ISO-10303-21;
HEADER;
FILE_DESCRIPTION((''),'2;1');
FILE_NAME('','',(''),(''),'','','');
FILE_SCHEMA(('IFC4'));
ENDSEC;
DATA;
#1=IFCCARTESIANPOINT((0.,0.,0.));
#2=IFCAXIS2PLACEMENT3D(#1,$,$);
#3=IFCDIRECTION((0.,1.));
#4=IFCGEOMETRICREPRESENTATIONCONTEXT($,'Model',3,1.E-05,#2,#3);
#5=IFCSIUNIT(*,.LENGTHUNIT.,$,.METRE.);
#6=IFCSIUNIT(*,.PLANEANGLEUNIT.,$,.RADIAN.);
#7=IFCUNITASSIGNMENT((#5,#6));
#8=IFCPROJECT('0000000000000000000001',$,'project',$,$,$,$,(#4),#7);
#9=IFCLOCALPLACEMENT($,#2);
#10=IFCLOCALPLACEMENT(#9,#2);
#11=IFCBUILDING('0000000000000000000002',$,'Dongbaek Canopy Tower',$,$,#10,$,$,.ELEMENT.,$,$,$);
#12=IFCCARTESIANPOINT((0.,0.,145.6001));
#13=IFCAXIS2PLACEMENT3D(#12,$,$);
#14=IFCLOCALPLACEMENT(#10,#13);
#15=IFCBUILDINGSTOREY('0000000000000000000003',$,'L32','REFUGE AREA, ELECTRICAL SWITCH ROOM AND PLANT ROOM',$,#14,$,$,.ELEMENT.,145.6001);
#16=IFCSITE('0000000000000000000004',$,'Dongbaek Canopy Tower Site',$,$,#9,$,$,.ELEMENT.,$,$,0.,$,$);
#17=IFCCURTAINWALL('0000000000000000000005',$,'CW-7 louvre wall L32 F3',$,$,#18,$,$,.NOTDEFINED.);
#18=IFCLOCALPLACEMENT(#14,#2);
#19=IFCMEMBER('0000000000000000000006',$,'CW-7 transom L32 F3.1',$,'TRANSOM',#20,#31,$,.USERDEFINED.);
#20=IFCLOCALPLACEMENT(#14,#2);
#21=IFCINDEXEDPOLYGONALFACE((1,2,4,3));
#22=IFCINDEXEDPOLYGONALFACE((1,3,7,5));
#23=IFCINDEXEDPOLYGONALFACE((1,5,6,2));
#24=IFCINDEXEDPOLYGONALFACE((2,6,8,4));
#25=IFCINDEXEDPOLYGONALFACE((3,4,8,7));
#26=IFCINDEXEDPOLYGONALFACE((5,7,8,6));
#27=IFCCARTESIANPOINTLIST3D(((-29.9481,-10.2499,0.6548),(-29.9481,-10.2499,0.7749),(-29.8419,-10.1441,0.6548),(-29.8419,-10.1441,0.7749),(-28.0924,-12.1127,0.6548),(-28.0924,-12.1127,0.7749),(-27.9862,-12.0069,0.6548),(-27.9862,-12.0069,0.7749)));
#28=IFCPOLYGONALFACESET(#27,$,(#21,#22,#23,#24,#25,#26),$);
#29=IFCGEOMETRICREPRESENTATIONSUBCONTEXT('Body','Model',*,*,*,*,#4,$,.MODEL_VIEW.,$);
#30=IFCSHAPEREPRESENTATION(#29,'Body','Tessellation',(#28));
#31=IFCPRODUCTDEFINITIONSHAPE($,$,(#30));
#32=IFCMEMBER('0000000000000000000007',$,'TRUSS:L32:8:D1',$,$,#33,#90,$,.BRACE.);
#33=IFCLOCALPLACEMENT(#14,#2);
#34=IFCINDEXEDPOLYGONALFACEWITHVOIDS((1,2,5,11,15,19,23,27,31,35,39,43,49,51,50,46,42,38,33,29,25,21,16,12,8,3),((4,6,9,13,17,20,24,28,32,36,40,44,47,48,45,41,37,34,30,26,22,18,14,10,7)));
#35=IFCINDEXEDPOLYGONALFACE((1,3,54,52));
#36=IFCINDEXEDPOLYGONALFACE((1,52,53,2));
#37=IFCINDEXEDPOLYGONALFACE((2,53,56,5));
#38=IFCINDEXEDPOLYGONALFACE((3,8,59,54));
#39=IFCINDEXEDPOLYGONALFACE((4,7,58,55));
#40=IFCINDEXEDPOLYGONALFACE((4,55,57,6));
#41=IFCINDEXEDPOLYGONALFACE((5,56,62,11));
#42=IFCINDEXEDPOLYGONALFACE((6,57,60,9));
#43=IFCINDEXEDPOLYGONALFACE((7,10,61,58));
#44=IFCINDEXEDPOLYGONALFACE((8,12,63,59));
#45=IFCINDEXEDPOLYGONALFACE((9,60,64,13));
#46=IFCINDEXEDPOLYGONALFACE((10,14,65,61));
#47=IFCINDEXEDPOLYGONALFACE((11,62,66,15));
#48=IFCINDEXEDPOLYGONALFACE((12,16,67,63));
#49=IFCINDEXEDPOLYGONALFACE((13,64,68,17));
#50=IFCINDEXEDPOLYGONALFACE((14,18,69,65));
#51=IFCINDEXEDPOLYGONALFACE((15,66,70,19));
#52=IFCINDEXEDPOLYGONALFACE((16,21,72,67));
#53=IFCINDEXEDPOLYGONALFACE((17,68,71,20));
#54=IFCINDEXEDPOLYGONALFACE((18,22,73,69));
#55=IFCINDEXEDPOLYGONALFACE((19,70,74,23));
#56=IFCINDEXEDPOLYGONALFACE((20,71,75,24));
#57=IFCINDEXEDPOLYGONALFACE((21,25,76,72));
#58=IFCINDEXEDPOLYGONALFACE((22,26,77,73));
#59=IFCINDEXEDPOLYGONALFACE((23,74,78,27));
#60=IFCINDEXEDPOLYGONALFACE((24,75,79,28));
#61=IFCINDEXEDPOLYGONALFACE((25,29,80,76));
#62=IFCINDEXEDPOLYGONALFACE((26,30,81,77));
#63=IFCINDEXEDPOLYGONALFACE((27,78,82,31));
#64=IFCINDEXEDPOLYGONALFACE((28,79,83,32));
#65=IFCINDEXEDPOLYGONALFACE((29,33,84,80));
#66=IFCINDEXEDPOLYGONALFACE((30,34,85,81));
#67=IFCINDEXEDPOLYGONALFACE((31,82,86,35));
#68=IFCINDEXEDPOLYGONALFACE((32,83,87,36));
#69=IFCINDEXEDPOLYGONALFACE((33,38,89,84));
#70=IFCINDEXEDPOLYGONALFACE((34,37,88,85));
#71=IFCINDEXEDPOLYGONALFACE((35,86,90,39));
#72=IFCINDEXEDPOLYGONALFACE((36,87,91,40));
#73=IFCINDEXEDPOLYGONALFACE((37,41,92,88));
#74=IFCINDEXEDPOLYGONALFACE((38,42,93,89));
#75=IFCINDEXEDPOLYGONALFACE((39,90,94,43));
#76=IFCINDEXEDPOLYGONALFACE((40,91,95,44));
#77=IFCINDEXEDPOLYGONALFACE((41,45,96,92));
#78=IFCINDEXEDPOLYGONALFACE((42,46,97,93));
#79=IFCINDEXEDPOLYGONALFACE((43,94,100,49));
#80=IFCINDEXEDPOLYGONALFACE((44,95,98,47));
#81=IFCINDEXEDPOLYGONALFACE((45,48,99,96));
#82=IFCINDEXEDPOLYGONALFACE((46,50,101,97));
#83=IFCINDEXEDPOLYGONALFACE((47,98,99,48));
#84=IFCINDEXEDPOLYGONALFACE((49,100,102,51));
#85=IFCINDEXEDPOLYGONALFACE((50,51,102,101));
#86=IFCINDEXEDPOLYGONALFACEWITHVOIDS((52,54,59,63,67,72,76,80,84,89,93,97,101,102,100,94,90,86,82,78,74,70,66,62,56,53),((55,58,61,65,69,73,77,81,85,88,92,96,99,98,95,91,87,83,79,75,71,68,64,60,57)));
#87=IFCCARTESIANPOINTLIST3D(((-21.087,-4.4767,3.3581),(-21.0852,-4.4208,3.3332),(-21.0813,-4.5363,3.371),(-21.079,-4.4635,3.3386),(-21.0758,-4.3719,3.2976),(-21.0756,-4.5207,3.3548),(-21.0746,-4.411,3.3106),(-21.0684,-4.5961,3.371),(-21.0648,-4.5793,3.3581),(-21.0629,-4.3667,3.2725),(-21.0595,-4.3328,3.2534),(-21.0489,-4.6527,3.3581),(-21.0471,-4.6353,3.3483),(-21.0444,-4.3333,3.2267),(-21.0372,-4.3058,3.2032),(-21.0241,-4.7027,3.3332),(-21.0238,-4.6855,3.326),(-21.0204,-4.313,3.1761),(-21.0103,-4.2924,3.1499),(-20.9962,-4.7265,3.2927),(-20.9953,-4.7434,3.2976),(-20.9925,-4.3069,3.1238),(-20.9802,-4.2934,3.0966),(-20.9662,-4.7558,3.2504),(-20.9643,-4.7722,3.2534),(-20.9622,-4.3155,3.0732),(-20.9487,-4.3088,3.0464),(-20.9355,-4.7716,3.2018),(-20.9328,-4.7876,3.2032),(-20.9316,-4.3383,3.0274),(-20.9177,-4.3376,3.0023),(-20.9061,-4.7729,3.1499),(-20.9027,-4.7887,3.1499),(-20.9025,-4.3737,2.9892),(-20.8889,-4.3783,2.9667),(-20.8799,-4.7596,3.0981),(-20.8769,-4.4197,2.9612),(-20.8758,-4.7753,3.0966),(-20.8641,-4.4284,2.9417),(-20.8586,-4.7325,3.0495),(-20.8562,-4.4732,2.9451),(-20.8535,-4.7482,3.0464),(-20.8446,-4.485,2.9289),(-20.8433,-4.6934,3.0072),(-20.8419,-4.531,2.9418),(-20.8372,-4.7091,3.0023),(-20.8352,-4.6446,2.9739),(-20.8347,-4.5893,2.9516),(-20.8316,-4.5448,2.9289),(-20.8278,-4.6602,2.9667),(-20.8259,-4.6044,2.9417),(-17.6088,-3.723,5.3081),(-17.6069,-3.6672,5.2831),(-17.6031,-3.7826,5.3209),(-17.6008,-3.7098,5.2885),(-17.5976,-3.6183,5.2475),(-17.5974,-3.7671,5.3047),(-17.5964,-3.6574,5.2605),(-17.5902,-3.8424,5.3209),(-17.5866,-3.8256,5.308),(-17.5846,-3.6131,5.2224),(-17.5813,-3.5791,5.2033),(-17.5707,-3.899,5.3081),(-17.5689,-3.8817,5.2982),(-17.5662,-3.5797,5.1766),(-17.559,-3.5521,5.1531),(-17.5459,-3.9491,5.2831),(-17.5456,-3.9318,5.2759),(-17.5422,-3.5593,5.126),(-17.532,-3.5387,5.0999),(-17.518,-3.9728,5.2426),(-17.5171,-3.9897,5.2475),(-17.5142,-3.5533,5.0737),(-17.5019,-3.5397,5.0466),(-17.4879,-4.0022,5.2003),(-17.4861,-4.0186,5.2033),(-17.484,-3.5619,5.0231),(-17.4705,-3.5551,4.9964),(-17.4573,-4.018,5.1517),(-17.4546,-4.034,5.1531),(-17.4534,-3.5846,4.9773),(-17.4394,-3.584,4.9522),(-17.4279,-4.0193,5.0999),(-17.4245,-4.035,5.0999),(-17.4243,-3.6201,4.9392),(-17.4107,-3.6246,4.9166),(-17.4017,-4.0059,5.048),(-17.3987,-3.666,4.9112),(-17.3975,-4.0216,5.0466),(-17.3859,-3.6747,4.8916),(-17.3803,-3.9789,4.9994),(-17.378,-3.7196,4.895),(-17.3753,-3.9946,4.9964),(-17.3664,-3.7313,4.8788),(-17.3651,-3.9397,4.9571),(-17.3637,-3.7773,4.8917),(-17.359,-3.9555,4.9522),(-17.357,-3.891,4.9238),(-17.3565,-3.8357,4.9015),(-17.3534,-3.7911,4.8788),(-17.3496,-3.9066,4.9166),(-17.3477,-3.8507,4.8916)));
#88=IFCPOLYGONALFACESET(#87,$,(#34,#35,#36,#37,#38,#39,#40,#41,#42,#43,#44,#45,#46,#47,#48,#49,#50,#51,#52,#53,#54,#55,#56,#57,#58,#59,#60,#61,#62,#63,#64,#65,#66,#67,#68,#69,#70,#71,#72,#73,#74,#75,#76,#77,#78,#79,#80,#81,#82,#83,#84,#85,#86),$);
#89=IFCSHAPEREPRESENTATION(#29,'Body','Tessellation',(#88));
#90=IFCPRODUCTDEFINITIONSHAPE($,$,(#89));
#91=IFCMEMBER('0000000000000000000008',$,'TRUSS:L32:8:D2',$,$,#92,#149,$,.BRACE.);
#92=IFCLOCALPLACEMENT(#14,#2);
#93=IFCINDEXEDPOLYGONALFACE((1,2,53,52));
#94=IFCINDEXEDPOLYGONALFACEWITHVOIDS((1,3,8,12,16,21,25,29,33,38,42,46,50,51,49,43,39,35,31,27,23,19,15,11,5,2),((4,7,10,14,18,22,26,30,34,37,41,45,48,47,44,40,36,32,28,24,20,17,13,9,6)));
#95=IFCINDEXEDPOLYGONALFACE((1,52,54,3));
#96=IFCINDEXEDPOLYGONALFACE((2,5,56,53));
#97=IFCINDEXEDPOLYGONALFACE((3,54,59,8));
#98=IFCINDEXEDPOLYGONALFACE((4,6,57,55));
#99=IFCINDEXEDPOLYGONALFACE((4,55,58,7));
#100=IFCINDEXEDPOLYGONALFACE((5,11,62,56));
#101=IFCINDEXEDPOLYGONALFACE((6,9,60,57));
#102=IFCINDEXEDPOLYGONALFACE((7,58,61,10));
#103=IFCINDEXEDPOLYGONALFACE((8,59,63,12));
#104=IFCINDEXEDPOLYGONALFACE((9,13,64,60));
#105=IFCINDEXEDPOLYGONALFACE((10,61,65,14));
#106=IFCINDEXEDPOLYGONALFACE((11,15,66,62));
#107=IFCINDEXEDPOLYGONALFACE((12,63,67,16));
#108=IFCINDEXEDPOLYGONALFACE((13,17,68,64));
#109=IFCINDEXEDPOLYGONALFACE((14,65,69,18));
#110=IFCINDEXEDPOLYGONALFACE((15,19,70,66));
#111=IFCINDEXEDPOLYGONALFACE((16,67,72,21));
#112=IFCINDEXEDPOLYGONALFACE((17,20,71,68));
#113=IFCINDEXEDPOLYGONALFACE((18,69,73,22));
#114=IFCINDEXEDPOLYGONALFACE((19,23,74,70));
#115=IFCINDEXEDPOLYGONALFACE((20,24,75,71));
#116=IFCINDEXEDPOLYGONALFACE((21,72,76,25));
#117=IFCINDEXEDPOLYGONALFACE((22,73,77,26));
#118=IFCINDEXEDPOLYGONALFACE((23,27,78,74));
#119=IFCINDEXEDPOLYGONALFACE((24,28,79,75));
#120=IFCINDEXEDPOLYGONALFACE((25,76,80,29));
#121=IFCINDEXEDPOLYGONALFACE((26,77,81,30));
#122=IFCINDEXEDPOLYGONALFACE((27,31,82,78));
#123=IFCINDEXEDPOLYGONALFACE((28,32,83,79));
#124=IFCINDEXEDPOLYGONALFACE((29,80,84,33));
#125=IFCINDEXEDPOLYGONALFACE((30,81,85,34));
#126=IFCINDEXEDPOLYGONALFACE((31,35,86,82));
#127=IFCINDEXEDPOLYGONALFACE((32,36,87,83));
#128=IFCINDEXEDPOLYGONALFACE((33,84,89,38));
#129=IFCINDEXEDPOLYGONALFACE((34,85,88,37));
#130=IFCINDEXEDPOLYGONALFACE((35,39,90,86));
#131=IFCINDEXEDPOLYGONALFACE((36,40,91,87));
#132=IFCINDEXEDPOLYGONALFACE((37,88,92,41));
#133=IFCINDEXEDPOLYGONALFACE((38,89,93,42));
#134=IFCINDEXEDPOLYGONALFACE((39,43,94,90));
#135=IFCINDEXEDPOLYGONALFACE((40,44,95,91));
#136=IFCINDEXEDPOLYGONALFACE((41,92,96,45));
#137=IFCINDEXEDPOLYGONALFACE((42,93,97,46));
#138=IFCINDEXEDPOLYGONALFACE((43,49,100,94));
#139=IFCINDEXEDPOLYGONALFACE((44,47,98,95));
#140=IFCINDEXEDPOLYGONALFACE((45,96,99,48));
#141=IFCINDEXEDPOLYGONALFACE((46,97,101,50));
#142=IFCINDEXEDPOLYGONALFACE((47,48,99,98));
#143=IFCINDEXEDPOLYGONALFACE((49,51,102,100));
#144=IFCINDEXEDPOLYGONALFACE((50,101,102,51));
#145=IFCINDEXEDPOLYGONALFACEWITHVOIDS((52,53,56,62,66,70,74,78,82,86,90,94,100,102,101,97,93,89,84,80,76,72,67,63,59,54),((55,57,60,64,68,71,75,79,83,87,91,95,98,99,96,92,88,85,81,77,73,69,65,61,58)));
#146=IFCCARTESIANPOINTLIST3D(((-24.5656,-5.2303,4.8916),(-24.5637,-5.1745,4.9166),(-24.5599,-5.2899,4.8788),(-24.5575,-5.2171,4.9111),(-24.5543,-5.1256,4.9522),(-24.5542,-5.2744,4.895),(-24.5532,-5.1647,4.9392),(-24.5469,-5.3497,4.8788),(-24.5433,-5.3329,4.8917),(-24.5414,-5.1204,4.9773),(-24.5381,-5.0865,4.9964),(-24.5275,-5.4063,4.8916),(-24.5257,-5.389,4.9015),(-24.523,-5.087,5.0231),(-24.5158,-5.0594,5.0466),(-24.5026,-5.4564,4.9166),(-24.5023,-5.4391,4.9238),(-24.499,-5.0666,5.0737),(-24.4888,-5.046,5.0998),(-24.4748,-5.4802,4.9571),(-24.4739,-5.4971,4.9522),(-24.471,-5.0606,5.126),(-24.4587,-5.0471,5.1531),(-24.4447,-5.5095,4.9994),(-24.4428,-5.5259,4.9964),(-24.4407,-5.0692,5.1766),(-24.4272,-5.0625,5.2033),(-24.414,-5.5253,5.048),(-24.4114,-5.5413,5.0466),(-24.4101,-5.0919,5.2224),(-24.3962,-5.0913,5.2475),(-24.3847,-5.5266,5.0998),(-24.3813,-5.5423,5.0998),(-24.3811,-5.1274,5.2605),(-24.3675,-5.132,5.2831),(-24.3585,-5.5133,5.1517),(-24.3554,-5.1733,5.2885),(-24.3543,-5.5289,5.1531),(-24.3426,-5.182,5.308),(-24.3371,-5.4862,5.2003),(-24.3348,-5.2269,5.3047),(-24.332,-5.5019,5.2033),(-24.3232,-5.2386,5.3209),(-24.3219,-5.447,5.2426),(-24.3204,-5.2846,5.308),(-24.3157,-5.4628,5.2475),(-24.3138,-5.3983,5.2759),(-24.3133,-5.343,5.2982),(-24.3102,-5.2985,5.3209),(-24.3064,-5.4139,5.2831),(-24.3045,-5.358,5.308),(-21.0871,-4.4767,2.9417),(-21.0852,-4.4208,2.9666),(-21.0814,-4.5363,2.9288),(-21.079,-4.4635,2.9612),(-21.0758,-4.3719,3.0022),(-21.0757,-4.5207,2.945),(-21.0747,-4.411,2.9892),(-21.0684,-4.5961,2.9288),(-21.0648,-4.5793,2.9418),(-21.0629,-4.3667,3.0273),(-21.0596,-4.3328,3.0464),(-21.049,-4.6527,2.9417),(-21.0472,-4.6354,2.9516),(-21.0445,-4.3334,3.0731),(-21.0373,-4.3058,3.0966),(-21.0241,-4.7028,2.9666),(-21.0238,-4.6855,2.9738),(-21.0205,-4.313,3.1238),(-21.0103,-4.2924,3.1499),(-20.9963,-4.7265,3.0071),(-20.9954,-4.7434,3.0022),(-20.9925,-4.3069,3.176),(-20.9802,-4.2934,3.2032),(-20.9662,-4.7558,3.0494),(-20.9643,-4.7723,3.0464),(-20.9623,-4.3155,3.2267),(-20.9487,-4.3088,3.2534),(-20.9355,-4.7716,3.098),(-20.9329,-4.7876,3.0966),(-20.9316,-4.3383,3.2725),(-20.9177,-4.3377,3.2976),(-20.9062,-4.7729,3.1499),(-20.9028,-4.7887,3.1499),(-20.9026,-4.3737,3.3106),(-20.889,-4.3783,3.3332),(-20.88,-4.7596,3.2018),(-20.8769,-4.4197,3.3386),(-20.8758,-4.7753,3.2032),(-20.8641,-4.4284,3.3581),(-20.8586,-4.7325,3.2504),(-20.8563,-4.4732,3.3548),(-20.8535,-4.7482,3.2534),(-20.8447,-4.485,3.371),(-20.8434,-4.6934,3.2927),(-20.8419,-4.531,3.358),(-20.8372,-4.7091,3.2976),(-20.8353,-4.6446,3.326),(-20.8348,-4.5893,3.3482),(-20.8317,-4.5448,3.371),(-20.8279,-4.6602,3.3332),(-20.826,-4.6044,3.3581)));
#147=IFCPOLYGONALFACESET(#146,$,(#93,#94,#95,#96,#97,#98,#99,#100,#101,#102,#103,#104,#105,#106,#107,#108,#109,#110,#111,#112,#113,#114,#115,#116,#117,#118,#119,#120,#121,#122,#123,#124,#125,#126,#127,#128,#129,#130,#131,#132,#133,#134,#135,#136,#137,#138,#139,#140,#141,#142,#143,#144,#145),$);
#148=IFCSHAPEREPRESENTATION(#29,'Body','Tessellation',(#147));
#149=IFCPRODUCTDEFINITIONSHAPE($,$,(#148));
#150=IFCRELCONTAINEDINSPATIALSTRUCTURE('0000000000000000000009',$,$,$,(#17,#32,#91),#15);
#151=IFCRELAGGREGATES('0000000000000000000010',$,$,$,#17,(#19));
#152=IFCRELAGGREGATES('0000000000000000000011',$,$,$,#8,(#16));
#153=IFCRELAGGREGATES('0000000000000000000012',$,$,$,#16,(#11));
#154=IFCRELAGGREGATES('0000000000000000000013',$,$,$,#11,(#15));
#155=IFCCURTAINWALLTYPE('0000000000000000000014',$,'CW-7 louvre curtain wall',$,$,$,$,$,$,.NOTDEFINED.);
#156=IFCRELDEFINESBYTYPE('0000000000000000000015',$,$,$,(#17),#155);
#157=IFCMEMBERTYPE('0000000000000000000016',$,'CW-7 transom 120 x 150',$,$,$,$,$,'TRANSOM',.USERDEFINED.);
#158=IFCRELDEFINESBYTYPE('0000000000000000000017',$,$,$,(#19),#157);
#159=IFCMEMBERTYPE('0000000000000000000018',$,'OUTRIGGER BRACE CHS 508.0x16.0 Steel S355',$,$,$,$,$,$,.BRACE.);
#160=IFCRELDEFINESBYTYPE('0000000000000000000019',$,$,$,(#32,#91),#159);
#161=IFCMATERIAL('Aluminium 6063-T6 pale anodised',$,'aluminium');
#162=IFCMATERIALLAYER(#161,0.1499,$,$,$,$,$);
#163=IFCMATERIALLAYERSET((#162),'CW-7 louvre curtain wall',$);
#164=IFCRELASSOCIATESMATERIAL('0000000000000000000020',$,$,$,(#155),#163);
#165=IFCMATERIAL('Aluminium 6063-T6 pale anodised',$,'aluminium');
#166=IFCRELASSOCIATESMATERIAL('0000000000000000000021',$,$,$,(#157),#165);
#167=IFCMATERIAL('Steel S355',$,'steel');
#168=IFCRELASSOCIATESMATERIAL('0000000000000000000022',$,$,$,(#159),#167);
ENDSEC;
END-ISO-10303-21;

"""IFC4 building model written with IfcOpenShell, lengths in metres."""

from ifc_helpers import new_model, si_unit, direction, frame, origin, origin_2d, place, context, subcontext, project, spatial, rectangle, hollow_circle, extrude, material, layer, layer_set, material_profile, profile_set, type_object, element, aggregate, save


model = new_model("IFC4")

# Units and contexts
model_context = context("Model", 3, precision=1e-05, world=origin(), true_north=direction((0.0, 1.0)))
body_context = subcontext(model_context, "Body", "Model", "MODEL_VIEW")
ifc_project = project(units=[si_unit("LENGTHUNIT", "METRE"), si_unit("PLANEANGLEUNIT", "RADIAN")], contexts=[model_context])

# Site, building, storey
site_placement = place(None, origin())
site = spatial("IfcSite", under=ifc_project, at=site_placement, Name="Dongbaek Canopy Tower Site", CompositionType="ELEMENT", RefElevation=0.0)
building_placement = place(site_placement, origin())
building = spatial("IfcBuilding", under=site, at=building_placement, Name="Dongbaek Canopy Tower", CompositionType="ELEMENT")
storey_placement = place(building_placement, frame((0.0, 0.0, 145.6001)))
storey = spatial("IfcBuildingStorey", under=building, at=storey_placement, Name="L32", Description="REFUGE AREA, ELECTRICAL SWITCH ROOM AND PLANT ROOM", CompositionType="ELEMENT", Elevation=145.6001)

# Curtain wall
ifc_material_1 = material(Name="Aluminium 6063-T6 pale anodised", Category="aluminium")
ifc_layer_1 = layer(ifc_material_1, 0.1499)
ifc_layer_set_1 = layer_set([ifc_layer_1], Name="CW-7 louvre curtain wall")
curtain_wall_type = type_object("IfcCurtainWallType", Name="CW-7 louvre curtain wall", PredefinedType="NOTDEFINED", material=ifc_layer_set_1)
curtain_wall_1_placement = place(storey_placement, origin())
curtain_wall_1 = element("IfcCurtainWall", 1, at=curtain_wall_1_placement, inside=storey, type_object=curtain_wall_type, Name="CW-7 louvre wall L32 F3", PredefinedType="NOTDEFINED")

# Member
ifc_material_2 = material(Name="Aluminium 6063-T6 pale anodised", Category="aluminium")
ifc_material_profile_1 = material_profile(ifc_material_2, rectangle(XDim=0.1499, YDim=0.1201, at=origin_2d()), Name="CW-7 transom 120 x 150")
ifc_profile_set_1 = profile_set([ifc_material_profile_1], Name="Aluminium 6063-T6 pale anodised")
member_type_1 = type_object("IfcMemberType", Name="CW-7 transom 120 x 150", ElementType="TRANSOM", PredefinedType="USERDEFINED", material=ifc_profile_set_1)
member_1_placement = place(storey_placement, frame((-29.895, -10.197, 0.7148), z_axis=(0.705759, -0.708452, 0.0), x_axis=(0.708452, 0.705759, 0.0)))
member_1 = element("IfcMember", 2, at=member_1_placement, type_object=member_type_1, Name="CW-7 transom L32 F3.1", ObjectType="TRANSOM", PredefinedType="USERDEFINED", context=body_context, shape_type="SweptSolid", body=[
    extrude(rectangle(XDim=0.1499, YDim=0.1201, at=origin_2d()), origin(), (0.0, 0.0, 1.0), 2.6294),
])

# Members
ifc_material_3 = material(Name="Steel S355", Category="steel")
ifc_material_profile_2 = material_profile(ifc_material_3, hollow_circle(Radius=0.2539, WallThickness=0.0161, at=origin_2d()), Name="OUTRIGGER BRACE CHS 508.0x16.0 Steel S355")
ifc_profile_set_2 = profile_set([ifc_material_profile_2], Name="Steel S355")
member_type_2 = type_object("IfcMemberType", Name="OUTRIGGER BRACE CHS 508.0x16.0 Steel S355", PredefinedType="BRACE", material=ifc_profile_set_2)
member_2_placement = place(storey_placement, frame((-17.4783, -3.7869, 5.0999), z_axis=(-0.857105, -0.185715, -0.480501), x_axis=(0.211763, -0.977321, 0.0)))
element("IfcMember", 3, at=member_2_placement, inside=storey, type_object=member_type_2, Name="TRUSS:L32:8:D1", PredefinedType="BRACE", context=body_context, shape_type="SweptSolid", body=[
    extrude(hollow_circle(Radius=0.2539, WallThickness=0.0161, at=origin_2d()), origin(), (0.0, 0.0, 1.0), 4.0581),
])
member_3_placement = place(storey_placement, frame((-20.9565, -4.5405, 3.1499), z_axis=(-0.857121, -0.185706, 0.480476), x_axis=(0.211749, -0.977324, 0.0)))
element("IfcMember", 4, at=member_3_placement, inside=storey, type_object=member_type_2, Name="TRUSS:L32:8:D2", PredefinedType="BRACE", context=body_context, shape_type="SweptSolid", body=[
    extrude(hollow_circle(Radius=0.2539, WallThickness=0.0161, at=origin_2d()), origin(), (0.0, 0.0, 1.0), 4.0583),
])

aggregate(curtain_wall_1, [member_1])

save(model, "model.ifc")
